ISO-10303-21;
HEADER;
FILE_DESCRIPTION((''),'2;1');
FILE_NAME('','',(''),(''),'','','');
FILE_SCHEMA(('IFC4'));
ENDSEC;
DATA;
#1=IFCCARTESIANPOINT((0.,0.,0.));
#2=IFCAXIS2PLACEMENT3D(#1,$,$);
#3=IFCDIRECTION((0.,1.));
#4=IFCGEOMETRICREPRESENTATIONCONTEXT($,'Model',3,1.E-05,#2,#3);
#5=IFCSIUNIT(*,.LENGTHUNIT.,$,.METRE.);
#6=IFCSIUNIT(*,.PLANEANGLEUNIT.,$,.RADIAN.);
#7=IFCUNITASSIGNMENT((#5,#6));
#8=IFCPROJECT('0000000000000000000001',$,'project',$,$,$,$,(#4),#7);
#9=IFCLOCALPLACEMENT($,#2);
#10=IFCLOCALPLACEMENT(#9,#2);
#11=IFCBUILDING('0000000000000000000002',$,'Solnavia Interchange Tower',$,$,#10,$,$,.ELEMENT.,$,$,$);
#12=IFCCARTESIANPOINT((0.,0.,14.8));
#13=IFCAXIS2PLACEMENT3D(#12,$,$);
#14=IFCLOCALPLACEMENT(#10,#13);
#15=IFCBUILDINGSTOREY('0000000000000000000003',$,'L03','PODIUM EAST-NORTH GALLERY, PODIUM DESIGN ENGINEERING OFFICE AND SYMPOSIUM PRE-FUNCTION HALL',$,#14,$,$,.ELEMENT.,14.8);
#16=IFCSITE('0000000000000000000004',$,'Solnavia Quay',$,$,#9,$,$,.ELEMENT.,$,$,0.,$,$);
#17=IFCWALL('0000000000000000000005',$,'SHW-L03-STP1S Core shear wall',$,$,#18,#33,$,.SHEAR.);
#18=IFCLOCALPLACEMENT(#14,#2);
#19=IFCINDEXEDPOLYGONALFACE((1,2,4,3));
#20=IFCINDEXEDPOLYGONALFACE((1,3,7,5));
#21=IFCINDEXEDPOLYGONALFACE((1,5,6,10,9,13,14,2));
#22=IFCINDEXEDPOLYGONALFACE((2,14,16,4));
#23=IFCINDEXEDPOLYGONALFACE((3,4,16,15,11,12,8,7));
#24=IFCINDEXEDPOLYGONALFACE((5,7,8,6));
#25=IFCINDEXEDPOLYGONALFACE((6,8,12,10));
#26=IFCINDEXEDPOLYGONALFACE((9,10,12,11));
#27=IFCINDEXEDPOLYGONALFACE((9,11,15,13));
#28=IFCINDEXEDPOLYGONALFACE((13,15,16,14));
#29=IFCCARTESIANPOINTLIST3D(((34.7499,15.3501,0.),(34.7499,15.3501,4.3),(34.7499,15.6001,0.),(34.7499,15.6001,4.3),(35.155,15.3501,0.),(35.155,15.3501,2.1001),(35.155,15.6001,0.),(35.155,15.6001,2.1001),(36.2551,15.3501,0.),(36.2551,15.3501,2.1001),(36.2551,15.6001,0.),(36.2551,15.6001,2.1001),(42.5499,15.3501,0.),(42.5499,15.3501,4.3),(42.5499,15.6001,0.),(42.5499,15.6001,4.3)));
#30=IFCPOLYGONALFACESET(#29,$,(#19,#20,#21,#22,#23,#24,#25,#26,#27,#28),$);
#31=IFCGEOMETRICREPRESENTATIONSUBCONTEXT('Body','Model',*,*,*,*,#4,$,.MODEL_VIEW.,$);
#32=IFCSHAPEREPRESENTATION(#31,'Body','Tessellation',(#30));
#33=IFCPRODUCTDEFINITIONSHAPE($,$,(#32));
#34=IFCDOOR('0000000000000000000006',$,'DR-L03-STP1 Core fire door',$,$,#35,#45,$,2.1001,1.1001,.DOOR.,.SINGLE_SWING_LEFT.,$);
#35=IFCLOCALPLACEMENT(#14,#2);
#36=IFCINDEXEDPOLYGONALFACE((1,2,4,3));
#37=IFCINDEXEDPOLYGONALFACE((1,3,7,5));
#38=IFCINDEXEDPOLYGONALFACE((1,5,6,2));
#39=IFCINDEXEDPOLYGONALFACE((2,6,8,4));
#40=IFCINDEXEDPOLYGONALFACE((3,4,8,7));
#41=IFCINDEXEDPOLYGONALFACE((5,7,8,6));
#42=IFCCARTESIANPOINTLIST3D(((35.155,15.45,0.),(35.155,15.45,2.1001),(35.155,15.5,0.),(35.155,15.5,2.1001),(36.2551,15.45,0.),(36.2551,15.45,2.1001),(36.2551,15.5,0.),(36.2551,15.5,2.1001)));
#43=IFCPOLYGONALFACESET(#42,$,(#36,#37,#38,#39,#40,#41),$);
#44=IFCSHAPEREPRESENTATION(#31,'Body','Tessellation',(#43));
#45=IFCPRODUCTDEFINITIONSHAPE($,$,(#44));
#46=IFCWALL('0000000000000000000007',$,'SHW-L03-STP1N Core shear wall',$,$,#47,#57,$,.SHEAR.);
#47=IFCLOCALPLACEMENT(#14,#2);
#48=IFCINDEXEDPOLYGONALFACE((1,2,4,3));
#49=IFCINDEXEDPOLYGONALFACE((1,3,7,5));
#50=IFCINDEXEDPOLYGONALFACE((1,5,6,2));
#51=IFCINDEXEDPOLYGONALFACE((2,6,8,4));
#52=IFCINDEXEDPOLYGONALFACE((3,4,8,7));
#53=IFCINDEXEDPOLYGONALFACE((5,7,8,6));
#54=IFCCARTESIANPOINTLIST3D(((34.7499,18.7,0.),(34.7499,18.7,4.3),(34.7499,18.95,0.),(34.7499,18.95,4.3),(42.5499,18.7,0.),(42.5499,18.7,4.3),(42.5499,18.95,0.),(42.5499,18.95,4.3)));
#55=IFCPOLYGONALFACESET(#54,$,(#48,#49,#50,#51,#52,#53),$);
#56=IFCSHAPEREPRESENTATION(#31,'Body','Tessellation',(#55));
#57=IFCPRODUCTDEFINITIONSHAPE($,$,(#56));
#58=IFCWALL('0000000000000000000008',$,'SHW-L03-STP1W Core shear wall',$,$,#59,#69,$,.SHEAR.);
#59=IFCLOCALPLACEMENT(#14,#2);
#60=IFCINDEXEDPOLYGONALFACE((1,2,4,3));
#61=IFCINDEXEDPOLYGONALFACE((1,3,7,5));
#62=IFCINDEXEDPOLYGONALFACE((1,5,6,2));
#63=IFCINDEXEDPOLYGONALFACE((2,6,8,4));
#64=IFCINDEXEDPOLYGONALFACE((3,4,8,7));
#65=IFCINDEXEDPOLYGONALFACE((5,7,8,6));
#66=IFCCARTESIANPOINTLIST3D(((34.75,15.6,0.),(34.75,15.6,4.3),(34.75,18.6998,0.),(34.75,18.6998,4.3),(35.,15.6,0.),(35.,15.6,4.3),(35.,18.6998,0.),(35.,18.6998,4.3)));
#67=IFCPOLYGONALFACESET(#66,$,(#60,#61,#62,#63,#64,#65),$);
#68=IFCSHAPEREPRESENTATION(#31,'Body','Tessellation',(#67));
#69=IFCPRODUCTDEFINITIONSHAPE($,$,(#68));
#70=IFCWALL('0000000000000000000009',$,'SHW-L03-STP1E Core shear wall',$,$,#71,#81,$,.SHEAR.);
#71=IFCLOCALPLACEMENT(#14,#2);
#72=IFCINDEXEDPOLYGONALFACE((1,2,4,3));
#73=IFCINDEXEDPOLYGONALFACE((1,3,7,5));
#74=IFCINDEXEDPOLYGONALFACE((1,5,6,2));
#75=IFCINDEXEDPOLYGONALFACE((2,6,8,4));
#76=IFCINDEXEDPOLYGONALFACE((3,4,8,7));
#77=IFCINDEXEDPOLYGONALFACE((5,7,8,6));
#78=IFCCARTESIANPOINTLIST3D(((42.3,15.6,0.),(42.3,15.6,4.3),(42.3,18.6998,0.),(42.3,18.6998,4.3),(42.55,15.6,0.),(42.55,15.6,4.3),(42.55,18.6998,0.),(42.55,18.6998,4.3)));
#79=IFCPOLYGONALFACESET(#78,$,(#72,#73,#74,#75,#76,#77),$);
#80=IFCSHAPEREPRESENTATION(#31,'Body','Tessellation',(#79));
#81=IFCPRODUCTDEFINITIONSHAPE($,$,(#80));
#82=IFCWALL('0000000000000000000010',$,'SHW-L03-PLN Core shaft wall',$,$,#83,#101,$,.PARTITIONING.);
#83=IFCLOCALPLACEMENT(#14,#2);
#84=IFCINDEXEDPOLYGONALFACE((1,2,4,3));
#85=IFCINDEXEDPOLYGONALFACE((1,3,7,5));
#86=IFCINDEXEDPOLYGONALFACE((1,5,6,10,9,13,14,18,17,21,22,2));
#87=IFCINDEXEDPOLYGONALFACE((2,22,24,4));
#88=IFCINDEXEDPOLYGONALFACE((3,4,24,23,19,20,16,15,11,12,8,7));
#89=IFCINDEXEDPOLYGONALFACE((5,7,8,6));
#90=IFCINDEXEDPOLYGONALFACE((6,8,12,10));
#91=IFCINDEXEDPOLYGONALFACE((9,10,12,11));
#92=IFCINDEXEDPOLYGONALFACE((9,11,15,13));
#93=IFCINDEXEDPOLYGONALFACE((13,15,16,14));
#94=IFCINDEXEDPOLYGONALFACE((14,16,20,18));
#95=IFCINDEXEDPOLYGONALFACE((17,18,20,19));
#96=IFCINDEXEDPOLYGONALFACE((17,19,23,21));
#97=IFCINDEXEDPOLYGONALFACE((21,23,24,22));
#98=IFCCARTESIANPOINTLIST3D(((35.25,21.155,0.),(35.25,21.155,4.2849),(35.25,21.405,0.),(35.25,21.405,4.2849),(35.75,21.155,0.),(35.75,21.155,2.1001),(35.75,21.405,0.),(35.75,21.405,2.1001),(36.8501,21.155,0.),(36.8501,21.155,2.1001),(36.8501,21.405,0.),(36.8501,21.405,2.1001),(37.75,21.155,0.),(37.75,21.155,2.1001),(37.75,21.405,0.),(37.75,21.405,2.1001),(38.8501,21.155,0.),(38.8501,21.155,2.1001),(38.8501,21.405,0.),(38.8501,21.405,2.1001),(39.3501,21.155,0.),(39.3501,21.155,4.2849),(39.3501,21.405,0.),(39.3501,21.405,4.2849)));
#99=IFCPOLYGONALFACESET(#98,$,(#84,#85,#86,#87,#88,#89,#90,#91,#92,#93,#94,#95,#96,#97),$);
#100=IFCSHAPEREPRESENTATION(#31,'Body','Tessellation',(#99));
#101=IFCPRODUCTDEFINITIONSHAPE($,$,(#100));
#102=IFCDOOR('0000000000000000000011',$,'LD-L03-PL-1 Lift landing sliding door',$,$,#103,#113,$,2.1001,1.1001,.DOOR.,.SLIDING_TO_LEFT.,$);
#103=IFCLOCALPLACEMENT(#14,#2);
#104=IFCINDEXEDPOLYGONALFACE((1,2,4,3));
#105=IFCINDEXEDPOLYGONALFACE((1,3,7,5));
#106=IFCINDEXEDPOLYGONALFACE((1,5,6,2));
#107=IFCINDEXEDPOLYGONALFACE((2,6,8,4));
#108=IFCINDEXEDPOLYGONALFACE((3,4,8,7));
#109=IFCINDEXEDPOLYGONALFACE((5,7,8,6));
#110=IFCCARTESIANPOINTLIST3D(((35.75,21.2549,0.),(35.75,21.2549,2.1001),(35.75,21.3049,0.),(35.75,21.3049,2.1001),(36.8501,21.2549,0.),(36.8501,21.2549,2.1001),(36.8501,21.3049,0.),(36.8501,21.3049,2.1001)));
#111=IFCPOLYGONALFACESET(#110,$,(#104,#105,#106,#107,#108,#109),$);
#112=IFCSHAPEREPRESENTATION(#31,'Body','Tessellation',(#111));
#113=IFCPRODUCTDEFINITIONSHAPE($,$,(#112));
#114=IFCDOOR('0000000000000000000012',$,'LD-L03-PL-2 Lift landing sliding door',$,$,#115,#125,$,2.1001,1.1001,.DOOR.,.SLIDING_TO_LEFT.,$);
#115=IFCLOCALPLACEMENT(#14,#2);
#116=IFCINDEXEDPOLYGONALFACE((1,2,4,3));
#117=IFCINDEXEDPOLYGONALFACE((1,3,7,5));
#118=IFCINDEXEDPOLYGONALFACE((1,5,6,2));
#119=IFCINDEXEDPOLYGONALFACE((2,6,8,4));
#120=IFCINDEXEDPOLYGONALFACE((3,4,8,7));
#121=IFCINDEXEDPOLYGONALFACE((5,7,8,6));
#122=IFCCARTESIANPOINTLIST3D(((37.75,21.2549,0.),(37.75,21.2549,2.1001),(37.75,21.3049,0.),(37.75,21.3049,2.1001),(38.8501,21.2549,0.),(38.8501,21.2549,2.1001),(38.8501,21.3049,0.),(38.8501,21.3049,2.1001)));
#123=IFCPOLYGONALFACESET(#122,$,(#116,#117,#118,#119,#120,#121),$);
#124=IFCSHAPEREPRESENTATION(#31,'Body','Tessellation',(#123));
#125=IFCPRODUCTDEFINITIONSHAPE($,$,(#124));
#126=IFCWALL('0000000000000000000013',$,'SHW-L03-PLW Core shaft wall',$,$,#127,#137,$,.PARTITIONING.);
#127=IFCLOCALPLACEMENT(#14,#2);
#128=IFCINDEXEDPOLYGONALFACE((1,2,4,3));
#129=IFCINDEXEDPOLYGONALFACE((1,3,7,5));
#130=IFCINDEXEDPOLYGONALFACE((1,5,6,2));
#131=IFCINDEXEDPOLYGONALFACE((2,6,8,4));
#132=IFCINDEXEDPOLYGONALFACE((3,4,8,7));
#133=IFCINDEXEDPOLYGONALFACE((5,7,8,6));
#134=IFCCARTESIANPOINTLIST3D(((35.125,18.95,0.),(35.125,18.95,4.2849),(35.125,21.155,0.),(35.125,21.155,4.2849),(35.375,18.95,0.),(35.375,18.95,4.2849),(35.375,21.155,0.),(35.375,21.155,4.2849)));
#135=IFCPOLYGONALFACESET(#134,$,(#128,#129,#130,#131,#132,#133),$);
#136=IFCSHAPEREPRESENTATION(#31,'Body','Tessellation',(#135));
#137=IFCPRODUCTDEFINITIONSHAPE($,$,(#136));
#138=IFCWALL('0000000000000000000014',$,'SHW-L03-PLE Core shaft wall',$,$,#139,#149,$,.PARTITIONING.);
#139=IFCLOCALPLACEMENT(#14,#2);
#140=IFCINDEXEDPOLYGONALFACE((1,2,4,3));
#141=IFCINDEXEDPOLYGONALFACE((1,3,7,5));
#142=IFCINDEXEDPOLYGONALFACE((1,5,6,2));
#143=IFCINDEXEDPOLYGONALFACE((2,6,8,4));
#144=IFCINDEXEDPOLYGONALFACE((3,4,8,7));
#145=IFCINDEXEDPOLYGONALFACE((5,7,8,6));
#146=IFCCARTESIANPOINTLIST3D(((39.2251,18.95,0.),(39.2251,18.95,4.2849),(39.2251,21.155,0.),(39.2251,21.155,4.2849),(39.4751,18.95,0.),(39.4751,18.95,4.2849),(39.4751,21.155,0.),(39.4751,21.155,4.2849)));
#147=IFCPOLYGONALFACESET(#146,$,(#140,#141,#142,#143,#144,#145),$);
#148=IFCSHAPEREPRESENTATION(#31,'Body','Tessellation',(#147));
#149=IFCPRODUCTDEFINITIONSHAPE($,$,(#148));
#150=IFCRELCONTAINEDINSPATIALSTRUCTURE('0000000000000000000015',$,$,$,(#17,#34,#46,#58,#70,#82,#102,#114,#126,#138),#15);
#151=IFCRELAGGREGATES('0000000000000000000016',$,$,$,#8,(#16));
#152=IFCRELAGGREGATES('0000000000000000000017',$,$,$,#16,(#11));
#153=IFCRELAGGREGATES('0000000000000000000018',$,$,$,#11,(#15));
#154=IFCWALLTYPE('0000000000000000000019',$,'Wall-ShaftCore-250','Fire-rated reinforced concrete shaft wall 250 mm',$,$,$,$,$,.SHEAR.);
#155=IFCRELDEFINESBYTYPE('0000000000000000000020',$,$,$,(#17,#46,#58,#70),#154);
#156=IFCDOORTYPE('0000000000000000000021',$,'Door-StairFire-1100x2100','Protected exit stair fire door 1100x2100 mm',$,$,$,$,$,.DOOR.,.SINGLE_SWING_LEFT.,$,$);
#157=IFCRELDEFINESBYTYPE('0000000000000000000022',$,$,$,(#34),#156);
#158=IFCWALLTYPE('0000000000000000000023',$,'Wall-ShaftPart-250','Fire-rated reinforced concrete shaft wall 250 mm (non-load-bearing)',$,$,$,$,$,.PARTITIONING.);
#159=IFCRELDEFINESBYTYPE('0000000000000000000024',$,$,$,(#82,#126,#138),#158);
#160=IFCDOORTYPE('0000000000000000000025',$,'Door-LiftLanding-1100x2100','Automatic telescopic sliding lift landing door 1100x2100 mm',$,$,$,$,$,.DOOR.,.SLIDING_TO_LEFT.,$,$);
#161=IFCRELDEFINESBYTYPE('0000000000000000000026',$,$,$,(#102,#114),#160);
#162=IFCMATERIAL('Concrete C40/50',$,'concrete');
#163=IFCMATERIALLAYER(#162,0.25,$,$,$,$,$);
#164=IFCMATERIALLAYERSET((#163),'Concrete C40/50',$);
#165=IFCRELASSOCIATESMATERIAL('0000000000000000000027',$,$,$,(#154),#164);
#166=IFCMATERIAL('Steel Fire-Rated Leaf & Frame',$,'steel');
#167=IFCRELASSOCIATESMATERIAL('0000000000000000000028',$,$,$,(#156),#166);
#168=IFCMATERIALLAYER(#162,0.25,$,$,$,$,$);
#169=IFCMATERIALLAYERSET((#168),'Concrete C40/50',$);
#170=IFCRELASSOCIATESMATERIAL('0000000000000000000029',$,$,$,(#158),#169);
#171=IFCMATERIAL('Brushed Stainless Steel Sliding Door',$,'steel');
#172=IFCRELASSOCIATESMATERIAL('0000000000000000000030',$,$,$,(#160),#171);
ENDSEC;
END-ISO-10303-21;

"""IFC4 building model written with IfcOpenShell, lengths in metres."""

from ifc_helpers import new_model, si_unit, direction, frame, frame_2d, origin, place, context, subcontext, project, spatial, rectangle, extrude, material, layer, layer_set, type_object, element, fill, save


model = new_model("IFC4")

# Units and contexts
model_context = context("Model", 3, precision=1e-05, world=origin(), true_north=direction((0.0, 1.0)))
body_context = subcontext(model_context, "Body", "Model", "MODEL_VIEW")
ifc_project = project(units=[si_unit("LENGTHUNIT", "METRE"), si_unit("PLANEANGLEUNIT", "RADIAN")], contexts=[model_context])

# Site, building, storey
site_placement = place(None, origin())
site = spatial("IfcSite", under=ifc_project, at=site_placement, Name="Solnavia Quay", CompositionType="ELEMENT", RefElevation=0.0)
building_placement = place(site_placement, origin())
building = spatial("IfcBuilding", under=site, at=building_placement, Name="Solnavia Interchange Tower", CompositionType="ELEMENT")
storey_placement = place(building_placement, frame((0.0, 0.0, 14.8)))
storey = spatial("IfcBuildingStorey", under=building, at=storey_placement, Name="L03", Description="PODIUM EAST-NORTH GALLERY, PODIUM DESIGN ENGINEERING OFFICE AND SYMPOSIUM PRE-FUNCTION HALL", CompositionType="ELEMENT", Elevation=14.8)

# Wall, opening, door
ifc_material_1 = material(Name="Concrete C40/50", Category="concrete")
ifc_layer_1 = layer(ifc_material_1, 0.25)
ifc_layer_set_1 = layer_set([ifc_layer_1], Name="Concrete C40/50")
wall_type_1 = type_object("IfcWallType", Name="Wall-ShaftCore-250", Description="Fire-rated reinforced concrete shaft wall 250 mm", PredefinedType="SHEAR", material=ifc_layer_set_1)
wall_1_placement = place(storey_placement, frame((34.75, 15.4751, 0.0), z_axis=(0.0, 0.0, 1.0), x_axis=(1.0, 0.0, 0.0)))
wall_1 = element("IfcWall", 1, at=wall_1_placement, inside=storey, type_object=wall_type_1, Name="SHW-L03-STP1S Core shear wall", PredefinedType="SHEAR", context=body_context, shape_type="SweptSolid", body=[
    extrude(rectangle(XDim=7.8, YDim=0.25, at=frame_2d((3.8999, 0.0))), origin(), (0.0, 0.0, 1.0), 4.3),
])
opening_1_placement = place(wall_1_placement, frame((0.405, 0.0, 0.0)))
opening_1 = element("IfcOpeningElement", 2, at=opening_1_placement, cuts=wall_1, PredefinedType="OPENING", context=body_context, shape_type="SweptSolid", body=[
    extrude(rectangle(XDim=1.1001, YDim=2.1001, at=frame_2d((0.55, 1.05))), frame((0.0, 0.135, 0.0), z_axis=(0.0, -1.0, 0.0), x_axis=(1.0, 0.0, 0.0)), (0.0, 0.0, 1.0), 0.27),
])
ifc_material_2 = material(Name="Steel Fire-Rated Leaf & Frame", Category="steel")
door_type_1 = type_object("IfcDoorType", Name="Door-StairFire-1100x2100", Description="Protected exit stair fire door 1100x2100 mm", OperationType="SINGLE_SWING_LEFT", PredefinedType="DOOR", material=ifc_material_2)
door_1_placement = place(opening_1_placement, origin())
door_1 = element("IfcDoor", 3, at=door_1_placement, inside=storey, type_object=door_type_1, Name="DR-L03-STP1 Core fire door", OperationType="SINGLE_SWING_LEFT", OverallHeight=2.1001, OverallWidth=1.1001, PredefinedType="DOOR", context=body_context, shape_type="SweptSolid", body=[
    extrude(rectangle(XDim=1.1001, YDim=2.1001, at=frame_2d((0.55, 1.05))), frame((0.0, 0.0249, 0.0), z_axis=(0.0, -1.0, 0.0), x_axis=(1.0, 0.0, 0.0)), (0.0, 0.0, 1.0), 0.05),
])
fill(opening_1, door_1)

# Walls
wall_2_placement = place(storey_placement, frame((34.75, 18.825, 0.0), z_axis=(0.0, 0.0, 1.0), x_axis=(1.0, 0.0, 0.0)))
element("IfcWall", 4, at=wall_2_placement, inside=storey, type_object=wall_type_1, Name="SHW-L03-STP1N Core shear wall", PredefinedType="SHEAR", context=body_context, shape_type="SweptSolid", body=[
    extrude(rectangle(XDim=7.8, YDim=0.25, at=frame_2d((3.8999, 0.0))), origin(), (0.0, 0.0, 1.0), 4.3),
])
for number, where, z_axis, x_axis, name in (
    (5, (34.875, 15.6001, 0.0), (0.0, 0.0, 1.0), (0.0, 1.0, 0.0), "SHW-L03-STP1W Core shear wall"),
    (6, (42.425, 15.6001, 0.0), (0.0, 0.0, 1.0), (0.0, 1.0, 0.0), "SHW-L03-STP1E Core shear wall"),
):
    element("IfcWall", number, at=place(storey_placement, frame(where, z_axis=z_axis, x_axis=x_axis)), inside=storey, type_object=wall_type_1, Name=name, PredefinedType="SHEAR", context=body_context, shape_type="SweptSolid", body=[
        extrude(rectangle(XDim=3.0999, YDim=0.25, at=frame_2d((1.5498, 0.0))), origin(), (0.0, 0.0, 1.0), 4.3),
    ])

# Wall, openings, doors
ifc_layer_2 = layer(ifc_material_1, 0.25)
ifc_layer_set_2 = layer_set([ifc_layer_2], Name="Concrete C40/50")
wall_type_2 = type_object("IfcWallType", Name="Wall-ShaftPart-250", Description="Fire-rated reinforced concrete shaft wall 250 mm (non-load-bearing)", PredefinedType="PARTITIONING", material=ifc_layer_set_2)
wall_3_placement = place(storey_placement, frame((35.25, 21.28, 0.0), z_axis=(0.0, 0.0, 1.0), x_axis=(1.0, 0.0, 0.0)))
wall_3 = element("IfcWall", 7, at=wall_3_placement, inside=storey, type_object=wall_type_2, Name="SHW-L03-PLN Core shaft wall", PredefinedType="PARTITIONING", context=body_context, shape_type="SweptSolid", body=[
    extrude(rectangle(XDim=4.1001, YDim=0.25, at=frame_2d((2.05, 0.0))), origin(), (0.0, 0.0, 1.0), 4.2849),
])
opening_2_placement = place(wall_3_placement, frame((0.5, 0.0, 0.0)))
opening_2 = element("IfcOpeningElement", 8, at=opening_2_placement, cuts=wall_3, PredefinedType="OPENING", context=body_context, shape_type="SweptSolid", body=[
    extrude(rectangle(XDim=1.1001, YDim=2.1001, at=frame_2d((0.55, 1.05))), frame((0.0, 0.135, 0.0), z_axis=(0.0, -1.0, 0.0), x_axis=(1.0, 0.0, 0.0)), (0.0, 0.0, 1.0), 0.27),
])
opening_3_placement = place(wall_3_placement, frame((2.5, 0.0, 0.0)))
opening_3 = element("IfcOpeningElement", 9, at=opening_3_placement, cuts=wall_3, PredefinedType="OPENING", context=body_context, shape_type="SweptSolid", body=[
    extrude(rectangle(XDim=1.1001, YDim=2.1001, at=frame_2d((0.55, 1.05))), frame((0.0, 0.135, 0.0), z_axis=(0.0, -1.0, 0.0), x_axis=(1.0, 0.0, 0.0)), (0.0, 0.0, 1.0), 0.27),
])
ifc_material_3 = material(Name="Brushed Stainless Steel Sliding Door", Category="steel")
door_type_2 = type_object("IfcDoorType", Name="Door-LiftLanding-1100x2100", Description="Automatic telescopic sliding lift landing door 1100x2100 mm", OperationType="SLIDING_TO_LEFT", PredefinedType="DOOR", material=ifc_material_3)
door_2_placement = place(opening_2_placement, origin())
door_2 = element("IfcDoor", 10, at=door_2_placement, inside=storey, type_object=door_type_2, Name="LD-L03-PL-1 Lift landing sliding door", OperationType="SLIDING_TO_LEFT", OverallHeight=2.1001, OverallWidth=1.1001, PredefinedType="DOOR", context=body_context, shape_type="SweptSolid", body=[
    extrude(rectangle(XDim=1.1001, YDim=2.1001, at=frame_2d((0.55, 1.05))), frame((0.0, 0.0249, 0.0), z_axis=(0.0, -1.0, 0.0), x_axis=(1.0, 0.0, 0.0)), (0.0, 0.0, 1.0), 0.05),
])
fill(opening_2, door_2)
door_3_placement = place(opening_3_placement, origin())
door_3 = element("IfcDoor", 11, at=door_3_placement, inside=storey, type_object=door_type_2, Name="LD-L03-PL-2 Lift landing sliding door", OperationType="SLIDING_TO_LEFT", OverallHeight=2.1001, OverallWidth=1.1001, PredefinedType="DOOR", context=body_context, shape_type="SweptSolid", body=[
    extrude(rectangle(XDim=1.1001, YDim=2.1001, at=frame_2d((0.55, 1.05))), frame((0.0, 0.0249, 0.0), z_axis=(0.0, -1.0, 0.0), x_axis=(1.0, 0.0, 0.0)), (0.0, 0.0, 1.0), 0.05),
])
fill(opening_3, door_3)

# Walls
for number, where, z_axis, x_axis, name in (
    (12, (35.25, 18.95, 0.0), (0.0, 0.0, 1.0), (0.0, 1.0, 0.0), "SHW-L03-PLW Core shaft wall"),
    (13, (39.3501, 18.95, 0.0), (0.0, 0.0, 1.0), (0.0, 1.0, 0.0), "SHW-L03-PLE Core shaft wall"),
):
    element("IfcWall", number, at=place(storey_placement, frame(where, z_axis=z_axis, x_axis=x_axis)), inside=storey, type_object=wall_type_2, Name=name, PredefinedType="PARTITIONING", context=body_context, shape_type="SweptSolid", body=[
        extrude(rectangle(XDim=2.2051, YDim=0.25, at=frame_2d((1.1025, 0.0))), origin(), (0.0, 0.0, 1.0), 4.2849),
    ])

save(model, "model.ifc")
